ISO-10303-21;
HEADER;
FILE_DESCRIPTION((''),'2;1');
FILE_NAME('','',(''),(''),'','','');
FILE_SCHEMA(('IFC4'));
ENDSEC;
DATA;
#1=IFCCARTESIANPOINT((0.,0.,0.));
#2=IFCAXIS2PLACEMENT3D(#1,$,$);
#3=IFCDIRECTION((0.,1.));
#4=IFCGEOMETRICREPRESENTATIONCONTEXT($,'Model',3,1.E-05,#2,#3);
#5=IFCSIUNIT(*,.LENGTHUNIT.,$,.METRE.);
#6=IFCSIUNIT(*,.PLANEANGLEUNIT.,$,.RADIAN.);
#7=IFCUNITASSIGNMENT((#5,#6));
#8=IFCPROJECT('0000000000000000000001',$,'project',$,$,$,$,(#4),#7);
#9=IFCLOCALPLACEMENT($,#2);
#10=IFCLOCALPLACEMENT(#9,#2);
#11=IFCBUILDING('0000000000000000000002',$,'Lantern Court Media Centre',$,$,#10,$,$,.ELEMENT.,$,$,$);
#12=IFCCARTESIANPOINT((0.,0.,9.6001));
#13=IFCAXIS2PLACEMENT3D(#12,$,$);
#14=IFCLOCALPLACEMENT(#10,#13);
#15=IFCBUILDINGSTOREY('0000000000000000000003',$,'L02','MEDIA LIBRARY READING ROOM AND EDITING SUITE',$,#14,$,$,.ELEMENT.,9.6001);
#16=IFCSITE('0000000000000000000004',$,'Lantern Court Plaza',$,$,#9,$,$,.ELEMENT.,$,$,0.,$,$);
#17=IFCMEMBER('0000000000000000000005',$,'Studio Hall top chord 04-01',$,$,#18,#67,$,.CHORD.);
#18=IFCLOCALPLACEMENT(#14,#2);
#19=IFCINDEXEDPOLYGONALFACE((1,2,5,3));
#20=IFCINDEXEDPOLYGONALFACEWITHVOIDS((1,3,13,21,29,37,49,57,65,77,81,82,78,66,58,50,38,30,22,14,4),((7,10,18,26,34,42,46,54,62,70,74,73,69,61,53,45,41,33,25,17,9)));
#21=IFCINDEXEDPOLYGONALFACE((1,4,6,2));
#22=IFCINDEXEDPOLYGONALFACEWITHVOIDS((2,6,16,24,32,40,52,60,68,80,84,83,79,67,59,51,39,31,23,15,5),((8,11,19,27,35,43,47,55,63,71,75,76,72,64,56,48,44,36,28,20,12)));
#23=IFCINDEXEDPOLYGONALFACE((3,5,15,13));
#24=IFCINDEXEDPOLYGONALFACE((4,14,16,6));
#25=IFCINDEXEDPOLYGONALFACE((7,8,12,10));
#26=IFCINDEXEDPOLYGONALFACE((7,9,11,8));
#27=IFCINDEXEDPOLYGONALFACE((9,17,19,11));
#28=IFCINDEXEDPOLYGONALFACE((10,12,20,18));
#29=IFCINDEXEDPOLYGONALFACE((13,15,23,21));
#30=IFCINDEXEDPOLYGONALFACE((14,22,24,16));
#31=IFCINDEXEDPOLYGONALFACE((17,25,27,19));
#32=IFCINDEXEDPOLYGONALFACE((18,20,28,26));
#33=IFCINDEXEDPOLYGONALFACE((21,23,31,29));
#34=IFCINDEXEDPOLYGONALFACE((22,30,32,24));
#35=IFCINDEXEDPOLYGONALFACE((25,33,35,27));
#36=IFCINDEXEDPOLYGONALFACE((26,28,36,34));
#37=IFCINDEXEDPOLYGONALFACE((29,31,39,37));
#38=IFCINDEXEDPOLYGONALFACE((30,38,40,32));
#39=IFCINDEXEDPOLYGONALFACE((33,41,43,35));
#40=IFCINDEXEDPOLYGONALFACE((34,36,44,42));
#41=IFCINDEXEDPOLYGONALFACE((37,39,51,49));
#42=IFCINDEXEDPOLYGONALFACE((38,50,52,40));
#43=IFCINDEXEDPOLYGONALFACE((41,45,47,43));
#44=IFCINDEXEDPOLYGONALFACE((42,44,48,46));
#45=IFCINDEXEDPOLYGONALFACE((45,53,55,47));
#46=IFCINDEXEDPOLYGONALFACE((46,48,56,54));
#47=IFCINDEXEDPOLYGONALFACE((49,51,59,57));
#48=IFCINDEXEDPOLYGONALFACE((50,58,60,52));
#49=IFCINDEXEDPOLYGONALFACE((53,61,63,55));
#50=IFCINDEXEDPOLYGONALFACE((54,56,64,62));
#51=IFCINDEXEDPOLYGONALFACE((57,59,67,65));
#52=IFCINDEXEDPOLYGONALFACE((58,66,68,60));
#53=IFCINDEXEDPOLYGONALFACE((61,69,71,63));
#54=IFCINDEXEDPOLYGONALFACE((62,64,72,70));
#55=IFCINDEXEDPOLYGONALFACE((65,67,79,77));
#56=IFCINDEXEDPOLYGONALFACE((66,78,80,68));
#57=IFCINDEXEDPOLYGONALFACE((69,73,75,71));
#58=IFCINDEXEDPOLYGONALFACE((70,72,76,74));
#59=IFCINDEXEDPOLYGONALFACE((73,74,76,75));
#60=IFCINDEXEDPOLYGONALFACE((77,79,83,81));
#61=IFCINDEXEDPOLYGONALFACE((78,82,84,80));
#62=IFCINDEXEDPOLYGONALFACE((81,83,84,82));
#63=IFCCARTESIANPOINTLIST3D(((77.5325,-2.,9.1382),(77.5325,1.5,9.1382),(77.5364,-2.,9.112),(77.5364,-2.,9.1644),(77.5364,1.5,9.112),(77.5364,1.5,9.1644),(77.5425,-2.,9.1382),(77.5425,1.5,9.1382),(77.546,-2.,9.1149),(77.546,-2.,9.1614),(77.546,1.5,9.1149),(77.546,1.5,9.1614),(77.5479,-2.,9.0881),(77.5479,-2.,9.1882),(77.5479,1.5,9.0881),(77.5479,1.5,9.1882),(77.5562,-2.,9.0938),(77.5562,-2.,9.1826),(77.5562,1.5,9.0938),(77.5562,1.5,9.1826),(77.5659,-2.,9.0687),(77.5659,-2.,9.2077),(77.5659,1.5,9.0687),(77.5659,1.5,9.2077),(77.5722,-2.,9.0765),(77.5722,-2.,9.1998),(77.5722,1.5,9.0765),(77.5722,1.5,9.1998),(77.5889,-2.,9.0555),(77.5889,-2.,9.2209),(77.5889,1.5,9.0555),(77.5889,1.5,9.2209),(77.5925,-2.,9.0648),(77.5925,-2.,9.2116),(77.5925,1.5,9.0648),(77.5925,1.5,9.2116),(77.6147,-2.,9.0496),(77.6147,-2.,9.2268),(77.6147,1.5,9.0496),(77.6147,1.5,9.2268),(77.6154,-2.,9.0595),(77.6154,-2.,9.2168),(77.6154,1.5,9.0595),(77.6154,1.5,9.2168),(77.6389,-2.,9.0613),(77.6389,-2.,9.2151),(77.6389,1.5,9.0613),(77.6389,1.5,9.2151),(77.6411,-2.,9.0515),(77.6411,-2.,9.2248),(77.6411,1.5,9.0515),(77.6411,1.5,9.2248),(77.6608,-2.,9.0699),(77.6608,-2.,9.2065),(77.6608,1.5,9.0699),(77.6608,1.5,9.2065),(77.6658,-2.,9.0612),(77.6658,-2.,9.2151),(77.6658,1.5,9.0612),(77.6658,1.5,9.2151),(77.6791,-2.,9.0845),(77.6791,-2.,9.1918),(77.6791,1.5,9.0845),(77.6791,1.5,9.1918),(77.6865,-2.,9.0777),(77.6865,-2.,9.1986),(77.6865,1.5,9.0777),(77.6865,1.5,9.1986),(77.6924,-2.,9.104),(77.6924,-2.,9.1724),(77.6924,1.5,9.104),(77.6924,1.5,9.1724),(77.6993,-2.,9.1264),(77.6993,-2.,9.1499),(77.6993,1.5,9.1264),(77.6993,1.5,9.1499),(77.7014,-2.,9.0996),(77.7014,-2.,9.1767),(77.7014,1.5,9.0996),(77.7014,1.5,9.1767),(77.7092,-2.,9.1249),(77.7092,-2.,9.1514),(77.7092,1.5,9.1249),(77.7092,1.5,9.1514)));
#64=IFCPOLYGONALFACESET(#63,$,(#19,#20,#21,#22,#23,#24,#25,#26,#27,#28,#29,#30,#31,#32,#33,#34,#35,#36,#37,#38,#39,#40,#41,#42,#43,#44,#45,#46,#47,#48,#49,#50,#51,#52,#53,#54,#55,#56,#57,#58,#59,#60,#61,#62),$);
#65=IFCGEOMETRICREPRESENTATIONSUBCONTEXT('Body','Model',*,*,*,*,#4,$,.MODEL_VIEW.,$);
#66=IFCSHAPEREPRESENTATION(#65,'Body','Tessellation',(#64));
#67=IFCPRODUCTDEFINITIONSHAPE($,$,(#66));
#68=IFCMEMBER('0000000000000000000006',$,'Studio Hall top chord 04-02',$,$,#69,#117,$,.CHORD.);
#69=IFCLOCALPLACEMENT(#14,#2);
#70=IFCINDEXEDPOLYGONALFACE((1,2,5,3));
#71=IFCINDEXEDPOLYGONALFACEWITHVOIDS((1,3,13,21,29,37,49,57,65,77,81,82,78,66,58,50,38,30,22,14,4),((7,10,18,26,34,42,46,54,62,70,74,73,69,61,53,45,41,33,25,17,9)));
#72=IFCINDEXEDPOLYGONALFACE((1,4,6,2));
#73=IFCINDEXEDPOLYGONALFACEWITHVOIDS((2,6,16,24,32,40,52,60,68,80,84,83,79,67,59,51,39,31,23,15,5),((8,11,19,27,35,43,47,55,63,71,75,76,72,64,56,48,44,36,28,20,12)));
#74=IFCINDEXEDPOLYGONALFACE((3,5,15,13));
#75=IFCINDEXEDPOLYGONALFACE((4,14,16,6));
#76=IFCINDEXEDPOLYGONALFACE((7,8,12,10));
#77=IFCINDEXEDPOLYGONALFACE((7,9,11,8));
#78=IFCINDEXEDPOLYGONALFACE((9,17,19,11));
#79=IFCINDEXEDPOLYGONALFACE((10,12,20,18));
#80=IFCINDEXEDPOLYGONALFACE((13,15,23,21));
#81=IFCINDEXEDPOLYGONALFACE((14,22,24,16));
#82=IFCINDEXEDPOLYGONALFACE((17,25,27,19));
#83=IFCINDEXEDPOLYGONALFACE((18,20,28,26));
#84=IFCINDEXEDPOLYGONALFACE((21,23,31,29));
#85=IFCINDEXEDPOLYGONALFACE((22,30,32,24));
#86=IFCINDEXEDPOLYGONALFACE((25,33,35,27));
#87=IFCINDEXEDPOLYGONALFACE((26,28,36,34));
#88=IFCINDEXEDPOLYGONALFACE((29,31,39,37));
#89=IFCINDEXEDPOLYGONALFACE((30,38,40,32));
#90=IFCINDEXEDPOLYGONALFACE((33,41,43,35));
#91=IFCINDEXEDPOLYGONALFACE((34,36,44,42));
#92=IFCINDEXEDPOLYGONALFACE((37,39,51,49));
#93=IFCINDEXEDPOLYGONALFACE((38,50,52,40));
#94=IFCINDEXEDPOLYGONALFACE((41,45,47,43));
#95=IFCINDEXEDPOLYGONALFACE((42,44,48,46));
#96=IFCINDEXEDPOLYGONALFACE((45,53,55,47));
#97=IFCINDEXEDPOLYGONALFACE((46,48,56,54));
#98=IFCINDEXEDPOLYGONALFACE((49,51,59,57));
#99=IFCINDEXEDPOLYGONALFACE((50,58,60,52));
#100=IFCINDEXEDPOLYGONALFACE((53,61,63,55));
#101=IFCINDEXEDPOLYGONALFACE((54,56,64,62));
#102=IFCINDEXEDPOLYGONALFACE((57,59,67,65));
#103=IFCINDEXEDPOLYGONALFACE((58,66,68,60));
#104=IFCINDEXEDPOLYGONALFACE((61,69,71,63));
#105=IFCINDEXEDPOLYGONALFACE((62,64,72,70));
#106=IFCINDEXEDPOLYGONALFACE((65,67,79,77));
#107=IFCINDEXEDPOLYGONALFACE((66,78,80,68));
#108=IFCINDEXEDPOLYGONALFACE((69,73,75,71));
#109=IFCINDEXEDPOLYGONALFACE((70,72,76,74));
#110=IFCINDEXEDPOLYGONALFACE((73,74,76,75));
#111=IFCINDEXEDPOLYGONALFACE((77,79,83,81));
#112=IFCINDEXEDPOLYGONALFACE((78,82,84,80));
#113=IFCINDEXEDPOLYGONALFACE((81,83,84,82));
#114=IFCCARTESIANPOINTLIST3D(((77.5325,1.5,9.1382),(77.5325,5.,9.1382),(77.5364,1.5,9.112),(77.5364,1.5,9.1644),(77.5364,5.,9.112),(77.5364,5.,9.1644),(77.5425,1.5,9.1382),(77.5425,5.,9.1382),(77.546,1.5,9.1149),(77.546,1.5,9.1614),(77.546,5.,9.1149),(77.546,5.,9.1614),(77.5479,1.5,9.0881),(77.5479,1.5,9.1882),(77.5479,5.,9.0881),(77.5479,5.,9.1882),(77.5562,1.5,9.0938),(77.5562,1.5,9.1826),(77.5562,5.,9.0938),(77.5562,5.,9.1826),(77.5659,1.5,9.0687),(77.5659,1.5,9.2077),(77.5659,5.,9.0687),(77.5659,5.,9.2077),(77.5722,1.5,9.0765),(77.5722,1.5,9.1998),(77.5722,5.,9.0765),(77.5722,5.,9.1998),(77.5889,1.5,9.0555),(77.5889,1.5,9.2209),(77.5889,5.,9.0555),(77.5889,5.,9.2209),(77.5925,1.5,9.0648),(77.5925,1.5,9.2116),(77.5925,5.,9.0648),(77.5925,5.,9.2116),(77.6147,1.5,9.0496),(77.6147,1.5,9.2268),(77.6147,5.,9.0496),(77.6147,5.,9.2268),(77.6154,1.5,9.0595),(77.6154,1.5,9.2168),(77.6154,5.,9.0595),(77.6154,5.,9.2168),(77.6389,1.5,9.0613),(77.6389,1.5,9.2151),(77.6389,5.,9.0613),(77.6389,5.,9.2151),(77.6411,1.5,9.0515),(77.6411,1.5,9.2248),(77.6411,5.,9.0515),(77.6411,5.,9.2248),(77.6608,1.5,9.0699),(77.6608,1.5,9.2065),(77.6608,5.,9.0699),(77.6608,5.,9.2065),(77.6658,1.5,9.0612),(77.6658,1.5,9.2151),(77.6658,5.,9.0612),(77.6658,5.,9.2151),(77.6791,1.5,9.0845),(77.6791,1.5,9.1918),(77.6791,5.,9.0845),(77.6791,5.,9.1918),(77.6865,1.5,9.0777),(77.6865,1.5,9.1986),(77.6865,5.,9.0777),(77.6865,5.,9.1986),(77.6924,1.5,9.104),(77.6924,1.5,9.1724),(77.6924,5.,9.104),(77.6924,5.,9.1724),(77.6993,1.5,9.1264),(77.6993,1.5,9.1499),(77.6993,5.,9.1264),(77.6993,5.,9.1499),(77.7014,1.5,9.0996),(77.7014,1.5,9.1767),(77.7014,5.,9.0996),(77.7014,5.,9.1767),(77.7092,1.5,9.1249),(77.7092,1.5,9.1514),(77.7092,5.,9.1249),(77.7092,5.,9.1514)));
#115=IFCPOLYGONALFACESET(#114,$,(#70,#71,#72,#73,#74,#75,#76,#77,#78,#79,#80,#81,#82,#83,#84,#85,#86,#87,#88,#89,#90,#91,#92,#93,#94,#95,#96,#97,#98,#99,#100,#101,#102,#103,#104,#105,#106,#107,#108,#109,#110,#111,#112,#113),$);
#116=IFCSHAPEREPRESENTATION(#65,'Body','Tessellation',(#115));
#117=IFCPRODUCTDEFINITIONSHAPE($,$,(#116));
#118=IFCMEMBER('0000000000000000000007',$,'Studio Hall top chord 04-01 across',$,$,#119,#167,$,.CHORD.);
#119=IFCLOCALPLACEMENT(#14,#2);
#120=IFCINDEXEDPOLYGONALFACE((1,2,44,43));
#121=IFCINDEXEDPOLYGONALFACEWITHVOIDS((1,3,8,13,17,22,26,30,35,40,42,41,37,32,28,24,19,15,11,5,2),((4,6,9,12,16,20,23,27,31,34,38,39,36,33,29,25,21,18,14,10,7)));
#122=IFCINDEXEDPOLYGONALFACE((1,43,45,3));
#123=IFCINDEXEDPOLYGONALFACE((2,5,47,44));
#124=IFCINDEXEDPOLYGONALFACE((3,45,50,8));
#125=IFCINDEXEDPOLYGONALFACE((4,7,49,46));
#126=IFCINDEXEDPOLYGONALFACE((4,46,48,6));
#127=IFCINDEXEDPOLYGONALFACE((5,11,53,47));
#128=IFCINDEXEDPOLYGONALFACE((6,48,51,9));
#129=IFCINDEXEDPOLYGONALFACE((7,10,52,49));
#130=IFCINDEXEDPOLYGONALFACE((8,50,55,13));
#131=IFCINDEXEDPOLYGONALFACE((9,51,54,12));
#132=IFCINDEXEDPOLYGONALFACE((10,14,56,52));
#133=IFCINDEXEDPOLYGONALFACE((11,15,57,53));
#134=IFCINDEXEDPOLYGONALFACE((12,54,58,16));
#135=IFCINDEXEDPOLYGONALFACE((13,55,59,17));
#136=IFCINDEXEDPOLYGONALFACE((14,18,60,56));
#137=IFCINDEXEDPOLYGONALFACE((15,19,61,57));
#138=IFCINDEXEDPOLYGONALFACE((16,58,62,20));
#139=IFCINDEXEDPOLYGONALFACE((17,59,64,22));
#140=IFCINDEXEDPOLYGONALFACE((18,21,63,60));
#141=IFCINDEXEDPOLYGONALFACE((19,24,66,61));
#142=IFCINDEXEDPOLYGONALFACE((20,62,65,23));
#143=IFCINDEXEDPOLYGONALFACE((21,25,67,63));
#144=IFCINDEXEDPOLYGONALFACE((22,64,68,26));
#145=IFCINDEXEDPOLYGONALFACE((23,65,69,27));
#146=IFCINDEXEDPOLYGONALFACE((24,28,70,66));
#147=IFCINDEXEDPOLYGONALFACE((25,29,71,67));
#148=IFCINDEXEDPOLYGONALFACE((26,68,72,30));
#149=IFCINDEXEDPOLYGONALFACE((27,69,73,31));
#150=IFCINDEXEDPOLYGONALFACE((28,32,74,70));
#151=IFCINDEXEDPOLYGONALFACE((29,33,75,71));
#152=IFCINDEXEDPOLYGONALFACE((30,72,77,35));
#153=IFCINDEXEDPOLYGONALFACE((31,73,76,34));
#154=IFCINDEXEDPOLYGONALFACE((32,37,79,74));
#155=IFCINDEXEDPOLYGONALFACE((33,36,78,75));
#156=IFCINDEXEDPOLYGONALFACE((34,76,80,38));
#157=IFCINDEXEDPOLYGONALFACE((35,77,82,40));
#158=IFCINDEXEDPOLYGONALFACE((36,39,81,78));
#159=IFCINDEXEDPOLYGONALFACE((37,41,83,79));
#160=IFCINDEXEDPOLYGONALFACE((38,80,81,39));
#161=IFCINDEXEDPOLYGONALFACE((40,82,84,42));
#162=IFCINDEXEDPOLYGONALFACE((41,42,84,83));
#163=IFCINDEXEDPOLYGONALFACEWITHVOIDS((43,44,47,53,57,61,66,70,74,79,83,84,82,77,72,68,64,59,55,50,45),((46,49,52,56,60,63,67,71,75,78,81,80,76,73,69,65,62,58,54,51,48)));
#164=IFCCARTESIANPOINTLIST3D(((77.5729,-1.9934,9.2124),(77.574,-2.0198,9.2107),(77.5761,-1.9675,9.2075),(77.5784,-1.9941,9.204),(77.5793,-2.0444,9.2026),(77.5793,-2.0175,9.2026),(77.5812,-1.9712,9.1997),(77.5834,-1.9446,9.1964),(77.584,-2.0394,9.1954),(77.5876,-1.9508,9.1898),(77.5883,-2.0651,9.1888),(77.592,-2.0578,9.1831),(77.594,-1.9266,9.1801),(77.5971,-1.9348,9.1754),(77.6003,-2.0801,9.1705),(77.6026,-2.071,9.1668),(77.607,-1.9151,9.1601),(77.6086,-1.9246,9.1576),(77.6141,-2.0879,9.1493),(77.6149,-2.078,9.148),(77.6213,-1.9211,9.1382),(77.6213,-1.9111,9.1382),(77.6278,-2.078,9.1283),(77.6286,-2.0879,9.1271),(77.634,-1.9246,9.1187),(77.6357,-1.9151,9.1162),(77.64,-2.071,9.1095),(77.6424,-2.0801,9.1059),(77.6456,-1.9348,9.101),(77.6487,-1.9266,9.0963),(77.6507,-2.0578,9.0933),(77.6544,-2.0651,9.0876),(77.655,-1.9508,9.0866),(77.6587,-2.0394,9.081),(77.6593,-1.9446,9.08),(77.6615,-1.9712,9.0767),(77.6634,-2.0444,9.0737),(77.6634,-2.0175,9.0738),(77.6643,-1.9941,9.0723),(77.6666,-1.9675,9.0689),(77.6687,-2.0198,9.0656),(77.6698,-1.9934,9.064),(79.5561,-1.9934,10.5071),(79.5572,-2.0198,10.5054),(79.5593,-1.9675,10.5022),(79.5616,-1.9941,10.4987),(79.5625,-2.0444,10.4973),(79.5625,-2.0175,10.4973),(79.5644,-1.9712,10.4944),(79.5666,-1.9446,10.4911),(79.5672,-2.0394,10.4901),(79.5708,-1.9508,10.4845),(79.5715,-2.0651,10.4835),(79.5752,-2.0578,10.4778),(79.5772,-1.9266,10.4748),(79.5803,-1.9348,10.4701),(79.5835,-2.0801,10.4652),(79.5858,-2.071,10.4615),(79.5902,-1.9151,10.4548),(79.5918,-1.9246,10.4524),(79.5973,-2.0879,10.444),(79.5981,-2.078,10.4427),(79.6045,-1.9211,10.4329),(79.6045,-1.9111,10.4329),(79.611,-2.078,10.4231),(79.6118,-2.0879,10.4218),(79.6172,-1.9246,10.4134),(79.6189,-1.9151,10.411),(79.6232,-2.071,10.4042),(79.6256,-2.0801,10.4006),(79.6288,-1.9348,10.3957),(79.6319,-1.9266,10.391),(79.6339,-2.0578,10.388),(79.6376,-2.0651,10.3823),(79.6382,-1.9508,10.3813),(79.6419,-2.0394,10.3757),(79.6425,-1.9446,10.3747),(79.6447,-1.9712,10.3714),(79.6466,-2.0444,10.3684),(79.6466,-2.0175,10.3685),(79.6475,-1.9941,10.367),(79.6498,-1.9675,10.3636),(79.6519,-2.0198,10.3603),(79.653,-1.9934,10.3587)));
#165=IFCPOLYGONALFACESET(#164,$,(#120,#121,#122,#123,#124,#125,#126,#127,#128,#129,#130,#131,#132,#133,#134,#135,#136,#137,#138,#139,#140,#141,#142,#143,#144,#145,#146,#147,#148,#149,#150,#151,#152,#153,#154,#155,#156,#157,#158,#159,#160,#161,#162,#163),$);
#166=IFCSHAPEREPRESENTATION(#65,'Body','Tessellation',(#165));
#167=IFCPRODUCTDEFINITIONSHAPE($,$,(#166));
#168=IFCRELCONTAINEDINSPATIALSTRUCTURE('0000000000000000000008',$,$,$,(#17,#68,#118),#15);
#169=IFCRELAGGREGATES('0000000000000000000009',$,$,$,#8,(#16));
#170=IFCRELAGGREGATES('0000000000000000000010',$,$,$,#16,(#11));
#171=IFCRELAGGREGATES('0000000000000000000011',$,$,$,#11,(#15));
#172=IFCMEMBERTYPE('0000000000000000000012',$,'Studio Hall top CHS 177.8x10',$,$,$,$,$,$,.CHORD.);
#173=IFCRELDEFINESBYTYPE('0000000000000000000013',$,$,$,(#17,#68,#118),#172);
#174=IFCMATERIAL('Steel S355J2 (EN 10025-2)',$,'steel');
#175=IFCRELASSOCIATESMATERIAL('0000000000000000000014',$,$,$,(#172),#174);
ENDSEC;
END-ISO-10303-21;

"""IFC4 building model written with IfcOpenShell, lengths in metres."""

from ifc_helpers import new_model, si_unit, direction, frame, origin, origin_2d, place, context, subcontext, project, spatial, hollow_circle, extrude, material, material_profile, profile_set, type_object, element, save


model = new_model("IFC4")

# Units and contexts
model_context = context("Model", 3, precision=1e-05, world=origin(), true_north=direction((0.0, 1.0)))
body_context = subcontext(model_context, "Body", "Model", "MODEL_VIEW")
ifc_project = project(units=[si_unit("LENGTHUNIT", "METRE"), si_unit("PLANEANGLEUNIT", "RADIAN")], contexts=[model_context])

# Site, building, storey
site_placement = place(None, origin())
site = spatial("IfcSite", under=ifc_project, at=site_placement, Name="Lantern Court Plaza", CompositionType="ELEMENT", RefElevation=0.0)
building_placement = place(site_placement, origin())
building = spatial("IfcBuilding", under=site, at=building_placement, Name="Lantern Court Media Centre", CompositionType="ELEMENT")
storey_placement = place(building_placement, frame((0.0, 0.0, 9.6001)))
storey = spatial("IfcBuildingStorey", under=building, at=storey_placement, Name="L02", Description="MEDIA LIBRARY READING ROOM AND EDITING SUITE", CompositionType="ELEMENT", Elevation=9.6001)

# Members
ifc_material = material(Name="Steel S355J2 (EN 10025-2)", Category="steel")
ifc_material_profile_1 = material_profile(ifc_material, hollow_circle(Radius=0.0889, WallThickness=0.01, at=origin_2d()), Name="Studio Hall top CHS 177.8x10")
ifc_profile_set_1 = profile_set([ifc_material_profile_1], Name="Steel S355J2 (EN 10025-2)")
member_type_1 = type_object("IfcMemberType", Name="Studio Hall top CHS 177.8x10", PredefinedType="CHORD", material=ifc_profile_set_1)
for number, where, z_axis, x_axis, name in (
    (1, (77.6213, -2.0, 9.1382), (0.0, 1.0, 0.0), (-1.0, 0.0, 0.0), "Studio Hall top chord 04-01"),
    (2, (77.6213, 1.5, 9.1382), (0.0, 1.0, 0.0), (-1.0, 0.0, 0.0), "Studio Hall top chord 04-02"),
):
    element("IfcMember", number, at=place(storey_placement, frame(where, z_axis=z_axis, x_axis=x_axis)), inside=storey, type_object=member_type_1, Name=name, PredefinedType="CHORD", context=body_context, shape_type="SweptSolid", body=[
        extrude(hollow_circle(Radius=0.0889, WallThickness=0.01, at=origin_2d()), origin(), (0.0, 0.0, 1.0), 3.5),
    ])
for number, where, z_axis, x_axis, name in (
    (3, (77.6213, -2.0, 9.1382), (0.837356, 0.0, 0.546658), (0.0, 1.0, 0.0), "Studio Hall top chord 04-01 across"),
):
    element("IfcMember", number, at=place(storey_placement, frame(where, z_axis=z_axis, x_axis=x_axis)), inside=storey, type_object=member_type_1, Name=name, PredefinedType="CHORD", context=body_context, shape_type="SweptSolid", body=[
        extrude(hollow_circle(Radius=0.0889, WallThickness=0.01, at=origin_2d()), origin(), (0.0, 0.0, 1.0), 2.3684),
    ])

save(model, "model.ifc")
